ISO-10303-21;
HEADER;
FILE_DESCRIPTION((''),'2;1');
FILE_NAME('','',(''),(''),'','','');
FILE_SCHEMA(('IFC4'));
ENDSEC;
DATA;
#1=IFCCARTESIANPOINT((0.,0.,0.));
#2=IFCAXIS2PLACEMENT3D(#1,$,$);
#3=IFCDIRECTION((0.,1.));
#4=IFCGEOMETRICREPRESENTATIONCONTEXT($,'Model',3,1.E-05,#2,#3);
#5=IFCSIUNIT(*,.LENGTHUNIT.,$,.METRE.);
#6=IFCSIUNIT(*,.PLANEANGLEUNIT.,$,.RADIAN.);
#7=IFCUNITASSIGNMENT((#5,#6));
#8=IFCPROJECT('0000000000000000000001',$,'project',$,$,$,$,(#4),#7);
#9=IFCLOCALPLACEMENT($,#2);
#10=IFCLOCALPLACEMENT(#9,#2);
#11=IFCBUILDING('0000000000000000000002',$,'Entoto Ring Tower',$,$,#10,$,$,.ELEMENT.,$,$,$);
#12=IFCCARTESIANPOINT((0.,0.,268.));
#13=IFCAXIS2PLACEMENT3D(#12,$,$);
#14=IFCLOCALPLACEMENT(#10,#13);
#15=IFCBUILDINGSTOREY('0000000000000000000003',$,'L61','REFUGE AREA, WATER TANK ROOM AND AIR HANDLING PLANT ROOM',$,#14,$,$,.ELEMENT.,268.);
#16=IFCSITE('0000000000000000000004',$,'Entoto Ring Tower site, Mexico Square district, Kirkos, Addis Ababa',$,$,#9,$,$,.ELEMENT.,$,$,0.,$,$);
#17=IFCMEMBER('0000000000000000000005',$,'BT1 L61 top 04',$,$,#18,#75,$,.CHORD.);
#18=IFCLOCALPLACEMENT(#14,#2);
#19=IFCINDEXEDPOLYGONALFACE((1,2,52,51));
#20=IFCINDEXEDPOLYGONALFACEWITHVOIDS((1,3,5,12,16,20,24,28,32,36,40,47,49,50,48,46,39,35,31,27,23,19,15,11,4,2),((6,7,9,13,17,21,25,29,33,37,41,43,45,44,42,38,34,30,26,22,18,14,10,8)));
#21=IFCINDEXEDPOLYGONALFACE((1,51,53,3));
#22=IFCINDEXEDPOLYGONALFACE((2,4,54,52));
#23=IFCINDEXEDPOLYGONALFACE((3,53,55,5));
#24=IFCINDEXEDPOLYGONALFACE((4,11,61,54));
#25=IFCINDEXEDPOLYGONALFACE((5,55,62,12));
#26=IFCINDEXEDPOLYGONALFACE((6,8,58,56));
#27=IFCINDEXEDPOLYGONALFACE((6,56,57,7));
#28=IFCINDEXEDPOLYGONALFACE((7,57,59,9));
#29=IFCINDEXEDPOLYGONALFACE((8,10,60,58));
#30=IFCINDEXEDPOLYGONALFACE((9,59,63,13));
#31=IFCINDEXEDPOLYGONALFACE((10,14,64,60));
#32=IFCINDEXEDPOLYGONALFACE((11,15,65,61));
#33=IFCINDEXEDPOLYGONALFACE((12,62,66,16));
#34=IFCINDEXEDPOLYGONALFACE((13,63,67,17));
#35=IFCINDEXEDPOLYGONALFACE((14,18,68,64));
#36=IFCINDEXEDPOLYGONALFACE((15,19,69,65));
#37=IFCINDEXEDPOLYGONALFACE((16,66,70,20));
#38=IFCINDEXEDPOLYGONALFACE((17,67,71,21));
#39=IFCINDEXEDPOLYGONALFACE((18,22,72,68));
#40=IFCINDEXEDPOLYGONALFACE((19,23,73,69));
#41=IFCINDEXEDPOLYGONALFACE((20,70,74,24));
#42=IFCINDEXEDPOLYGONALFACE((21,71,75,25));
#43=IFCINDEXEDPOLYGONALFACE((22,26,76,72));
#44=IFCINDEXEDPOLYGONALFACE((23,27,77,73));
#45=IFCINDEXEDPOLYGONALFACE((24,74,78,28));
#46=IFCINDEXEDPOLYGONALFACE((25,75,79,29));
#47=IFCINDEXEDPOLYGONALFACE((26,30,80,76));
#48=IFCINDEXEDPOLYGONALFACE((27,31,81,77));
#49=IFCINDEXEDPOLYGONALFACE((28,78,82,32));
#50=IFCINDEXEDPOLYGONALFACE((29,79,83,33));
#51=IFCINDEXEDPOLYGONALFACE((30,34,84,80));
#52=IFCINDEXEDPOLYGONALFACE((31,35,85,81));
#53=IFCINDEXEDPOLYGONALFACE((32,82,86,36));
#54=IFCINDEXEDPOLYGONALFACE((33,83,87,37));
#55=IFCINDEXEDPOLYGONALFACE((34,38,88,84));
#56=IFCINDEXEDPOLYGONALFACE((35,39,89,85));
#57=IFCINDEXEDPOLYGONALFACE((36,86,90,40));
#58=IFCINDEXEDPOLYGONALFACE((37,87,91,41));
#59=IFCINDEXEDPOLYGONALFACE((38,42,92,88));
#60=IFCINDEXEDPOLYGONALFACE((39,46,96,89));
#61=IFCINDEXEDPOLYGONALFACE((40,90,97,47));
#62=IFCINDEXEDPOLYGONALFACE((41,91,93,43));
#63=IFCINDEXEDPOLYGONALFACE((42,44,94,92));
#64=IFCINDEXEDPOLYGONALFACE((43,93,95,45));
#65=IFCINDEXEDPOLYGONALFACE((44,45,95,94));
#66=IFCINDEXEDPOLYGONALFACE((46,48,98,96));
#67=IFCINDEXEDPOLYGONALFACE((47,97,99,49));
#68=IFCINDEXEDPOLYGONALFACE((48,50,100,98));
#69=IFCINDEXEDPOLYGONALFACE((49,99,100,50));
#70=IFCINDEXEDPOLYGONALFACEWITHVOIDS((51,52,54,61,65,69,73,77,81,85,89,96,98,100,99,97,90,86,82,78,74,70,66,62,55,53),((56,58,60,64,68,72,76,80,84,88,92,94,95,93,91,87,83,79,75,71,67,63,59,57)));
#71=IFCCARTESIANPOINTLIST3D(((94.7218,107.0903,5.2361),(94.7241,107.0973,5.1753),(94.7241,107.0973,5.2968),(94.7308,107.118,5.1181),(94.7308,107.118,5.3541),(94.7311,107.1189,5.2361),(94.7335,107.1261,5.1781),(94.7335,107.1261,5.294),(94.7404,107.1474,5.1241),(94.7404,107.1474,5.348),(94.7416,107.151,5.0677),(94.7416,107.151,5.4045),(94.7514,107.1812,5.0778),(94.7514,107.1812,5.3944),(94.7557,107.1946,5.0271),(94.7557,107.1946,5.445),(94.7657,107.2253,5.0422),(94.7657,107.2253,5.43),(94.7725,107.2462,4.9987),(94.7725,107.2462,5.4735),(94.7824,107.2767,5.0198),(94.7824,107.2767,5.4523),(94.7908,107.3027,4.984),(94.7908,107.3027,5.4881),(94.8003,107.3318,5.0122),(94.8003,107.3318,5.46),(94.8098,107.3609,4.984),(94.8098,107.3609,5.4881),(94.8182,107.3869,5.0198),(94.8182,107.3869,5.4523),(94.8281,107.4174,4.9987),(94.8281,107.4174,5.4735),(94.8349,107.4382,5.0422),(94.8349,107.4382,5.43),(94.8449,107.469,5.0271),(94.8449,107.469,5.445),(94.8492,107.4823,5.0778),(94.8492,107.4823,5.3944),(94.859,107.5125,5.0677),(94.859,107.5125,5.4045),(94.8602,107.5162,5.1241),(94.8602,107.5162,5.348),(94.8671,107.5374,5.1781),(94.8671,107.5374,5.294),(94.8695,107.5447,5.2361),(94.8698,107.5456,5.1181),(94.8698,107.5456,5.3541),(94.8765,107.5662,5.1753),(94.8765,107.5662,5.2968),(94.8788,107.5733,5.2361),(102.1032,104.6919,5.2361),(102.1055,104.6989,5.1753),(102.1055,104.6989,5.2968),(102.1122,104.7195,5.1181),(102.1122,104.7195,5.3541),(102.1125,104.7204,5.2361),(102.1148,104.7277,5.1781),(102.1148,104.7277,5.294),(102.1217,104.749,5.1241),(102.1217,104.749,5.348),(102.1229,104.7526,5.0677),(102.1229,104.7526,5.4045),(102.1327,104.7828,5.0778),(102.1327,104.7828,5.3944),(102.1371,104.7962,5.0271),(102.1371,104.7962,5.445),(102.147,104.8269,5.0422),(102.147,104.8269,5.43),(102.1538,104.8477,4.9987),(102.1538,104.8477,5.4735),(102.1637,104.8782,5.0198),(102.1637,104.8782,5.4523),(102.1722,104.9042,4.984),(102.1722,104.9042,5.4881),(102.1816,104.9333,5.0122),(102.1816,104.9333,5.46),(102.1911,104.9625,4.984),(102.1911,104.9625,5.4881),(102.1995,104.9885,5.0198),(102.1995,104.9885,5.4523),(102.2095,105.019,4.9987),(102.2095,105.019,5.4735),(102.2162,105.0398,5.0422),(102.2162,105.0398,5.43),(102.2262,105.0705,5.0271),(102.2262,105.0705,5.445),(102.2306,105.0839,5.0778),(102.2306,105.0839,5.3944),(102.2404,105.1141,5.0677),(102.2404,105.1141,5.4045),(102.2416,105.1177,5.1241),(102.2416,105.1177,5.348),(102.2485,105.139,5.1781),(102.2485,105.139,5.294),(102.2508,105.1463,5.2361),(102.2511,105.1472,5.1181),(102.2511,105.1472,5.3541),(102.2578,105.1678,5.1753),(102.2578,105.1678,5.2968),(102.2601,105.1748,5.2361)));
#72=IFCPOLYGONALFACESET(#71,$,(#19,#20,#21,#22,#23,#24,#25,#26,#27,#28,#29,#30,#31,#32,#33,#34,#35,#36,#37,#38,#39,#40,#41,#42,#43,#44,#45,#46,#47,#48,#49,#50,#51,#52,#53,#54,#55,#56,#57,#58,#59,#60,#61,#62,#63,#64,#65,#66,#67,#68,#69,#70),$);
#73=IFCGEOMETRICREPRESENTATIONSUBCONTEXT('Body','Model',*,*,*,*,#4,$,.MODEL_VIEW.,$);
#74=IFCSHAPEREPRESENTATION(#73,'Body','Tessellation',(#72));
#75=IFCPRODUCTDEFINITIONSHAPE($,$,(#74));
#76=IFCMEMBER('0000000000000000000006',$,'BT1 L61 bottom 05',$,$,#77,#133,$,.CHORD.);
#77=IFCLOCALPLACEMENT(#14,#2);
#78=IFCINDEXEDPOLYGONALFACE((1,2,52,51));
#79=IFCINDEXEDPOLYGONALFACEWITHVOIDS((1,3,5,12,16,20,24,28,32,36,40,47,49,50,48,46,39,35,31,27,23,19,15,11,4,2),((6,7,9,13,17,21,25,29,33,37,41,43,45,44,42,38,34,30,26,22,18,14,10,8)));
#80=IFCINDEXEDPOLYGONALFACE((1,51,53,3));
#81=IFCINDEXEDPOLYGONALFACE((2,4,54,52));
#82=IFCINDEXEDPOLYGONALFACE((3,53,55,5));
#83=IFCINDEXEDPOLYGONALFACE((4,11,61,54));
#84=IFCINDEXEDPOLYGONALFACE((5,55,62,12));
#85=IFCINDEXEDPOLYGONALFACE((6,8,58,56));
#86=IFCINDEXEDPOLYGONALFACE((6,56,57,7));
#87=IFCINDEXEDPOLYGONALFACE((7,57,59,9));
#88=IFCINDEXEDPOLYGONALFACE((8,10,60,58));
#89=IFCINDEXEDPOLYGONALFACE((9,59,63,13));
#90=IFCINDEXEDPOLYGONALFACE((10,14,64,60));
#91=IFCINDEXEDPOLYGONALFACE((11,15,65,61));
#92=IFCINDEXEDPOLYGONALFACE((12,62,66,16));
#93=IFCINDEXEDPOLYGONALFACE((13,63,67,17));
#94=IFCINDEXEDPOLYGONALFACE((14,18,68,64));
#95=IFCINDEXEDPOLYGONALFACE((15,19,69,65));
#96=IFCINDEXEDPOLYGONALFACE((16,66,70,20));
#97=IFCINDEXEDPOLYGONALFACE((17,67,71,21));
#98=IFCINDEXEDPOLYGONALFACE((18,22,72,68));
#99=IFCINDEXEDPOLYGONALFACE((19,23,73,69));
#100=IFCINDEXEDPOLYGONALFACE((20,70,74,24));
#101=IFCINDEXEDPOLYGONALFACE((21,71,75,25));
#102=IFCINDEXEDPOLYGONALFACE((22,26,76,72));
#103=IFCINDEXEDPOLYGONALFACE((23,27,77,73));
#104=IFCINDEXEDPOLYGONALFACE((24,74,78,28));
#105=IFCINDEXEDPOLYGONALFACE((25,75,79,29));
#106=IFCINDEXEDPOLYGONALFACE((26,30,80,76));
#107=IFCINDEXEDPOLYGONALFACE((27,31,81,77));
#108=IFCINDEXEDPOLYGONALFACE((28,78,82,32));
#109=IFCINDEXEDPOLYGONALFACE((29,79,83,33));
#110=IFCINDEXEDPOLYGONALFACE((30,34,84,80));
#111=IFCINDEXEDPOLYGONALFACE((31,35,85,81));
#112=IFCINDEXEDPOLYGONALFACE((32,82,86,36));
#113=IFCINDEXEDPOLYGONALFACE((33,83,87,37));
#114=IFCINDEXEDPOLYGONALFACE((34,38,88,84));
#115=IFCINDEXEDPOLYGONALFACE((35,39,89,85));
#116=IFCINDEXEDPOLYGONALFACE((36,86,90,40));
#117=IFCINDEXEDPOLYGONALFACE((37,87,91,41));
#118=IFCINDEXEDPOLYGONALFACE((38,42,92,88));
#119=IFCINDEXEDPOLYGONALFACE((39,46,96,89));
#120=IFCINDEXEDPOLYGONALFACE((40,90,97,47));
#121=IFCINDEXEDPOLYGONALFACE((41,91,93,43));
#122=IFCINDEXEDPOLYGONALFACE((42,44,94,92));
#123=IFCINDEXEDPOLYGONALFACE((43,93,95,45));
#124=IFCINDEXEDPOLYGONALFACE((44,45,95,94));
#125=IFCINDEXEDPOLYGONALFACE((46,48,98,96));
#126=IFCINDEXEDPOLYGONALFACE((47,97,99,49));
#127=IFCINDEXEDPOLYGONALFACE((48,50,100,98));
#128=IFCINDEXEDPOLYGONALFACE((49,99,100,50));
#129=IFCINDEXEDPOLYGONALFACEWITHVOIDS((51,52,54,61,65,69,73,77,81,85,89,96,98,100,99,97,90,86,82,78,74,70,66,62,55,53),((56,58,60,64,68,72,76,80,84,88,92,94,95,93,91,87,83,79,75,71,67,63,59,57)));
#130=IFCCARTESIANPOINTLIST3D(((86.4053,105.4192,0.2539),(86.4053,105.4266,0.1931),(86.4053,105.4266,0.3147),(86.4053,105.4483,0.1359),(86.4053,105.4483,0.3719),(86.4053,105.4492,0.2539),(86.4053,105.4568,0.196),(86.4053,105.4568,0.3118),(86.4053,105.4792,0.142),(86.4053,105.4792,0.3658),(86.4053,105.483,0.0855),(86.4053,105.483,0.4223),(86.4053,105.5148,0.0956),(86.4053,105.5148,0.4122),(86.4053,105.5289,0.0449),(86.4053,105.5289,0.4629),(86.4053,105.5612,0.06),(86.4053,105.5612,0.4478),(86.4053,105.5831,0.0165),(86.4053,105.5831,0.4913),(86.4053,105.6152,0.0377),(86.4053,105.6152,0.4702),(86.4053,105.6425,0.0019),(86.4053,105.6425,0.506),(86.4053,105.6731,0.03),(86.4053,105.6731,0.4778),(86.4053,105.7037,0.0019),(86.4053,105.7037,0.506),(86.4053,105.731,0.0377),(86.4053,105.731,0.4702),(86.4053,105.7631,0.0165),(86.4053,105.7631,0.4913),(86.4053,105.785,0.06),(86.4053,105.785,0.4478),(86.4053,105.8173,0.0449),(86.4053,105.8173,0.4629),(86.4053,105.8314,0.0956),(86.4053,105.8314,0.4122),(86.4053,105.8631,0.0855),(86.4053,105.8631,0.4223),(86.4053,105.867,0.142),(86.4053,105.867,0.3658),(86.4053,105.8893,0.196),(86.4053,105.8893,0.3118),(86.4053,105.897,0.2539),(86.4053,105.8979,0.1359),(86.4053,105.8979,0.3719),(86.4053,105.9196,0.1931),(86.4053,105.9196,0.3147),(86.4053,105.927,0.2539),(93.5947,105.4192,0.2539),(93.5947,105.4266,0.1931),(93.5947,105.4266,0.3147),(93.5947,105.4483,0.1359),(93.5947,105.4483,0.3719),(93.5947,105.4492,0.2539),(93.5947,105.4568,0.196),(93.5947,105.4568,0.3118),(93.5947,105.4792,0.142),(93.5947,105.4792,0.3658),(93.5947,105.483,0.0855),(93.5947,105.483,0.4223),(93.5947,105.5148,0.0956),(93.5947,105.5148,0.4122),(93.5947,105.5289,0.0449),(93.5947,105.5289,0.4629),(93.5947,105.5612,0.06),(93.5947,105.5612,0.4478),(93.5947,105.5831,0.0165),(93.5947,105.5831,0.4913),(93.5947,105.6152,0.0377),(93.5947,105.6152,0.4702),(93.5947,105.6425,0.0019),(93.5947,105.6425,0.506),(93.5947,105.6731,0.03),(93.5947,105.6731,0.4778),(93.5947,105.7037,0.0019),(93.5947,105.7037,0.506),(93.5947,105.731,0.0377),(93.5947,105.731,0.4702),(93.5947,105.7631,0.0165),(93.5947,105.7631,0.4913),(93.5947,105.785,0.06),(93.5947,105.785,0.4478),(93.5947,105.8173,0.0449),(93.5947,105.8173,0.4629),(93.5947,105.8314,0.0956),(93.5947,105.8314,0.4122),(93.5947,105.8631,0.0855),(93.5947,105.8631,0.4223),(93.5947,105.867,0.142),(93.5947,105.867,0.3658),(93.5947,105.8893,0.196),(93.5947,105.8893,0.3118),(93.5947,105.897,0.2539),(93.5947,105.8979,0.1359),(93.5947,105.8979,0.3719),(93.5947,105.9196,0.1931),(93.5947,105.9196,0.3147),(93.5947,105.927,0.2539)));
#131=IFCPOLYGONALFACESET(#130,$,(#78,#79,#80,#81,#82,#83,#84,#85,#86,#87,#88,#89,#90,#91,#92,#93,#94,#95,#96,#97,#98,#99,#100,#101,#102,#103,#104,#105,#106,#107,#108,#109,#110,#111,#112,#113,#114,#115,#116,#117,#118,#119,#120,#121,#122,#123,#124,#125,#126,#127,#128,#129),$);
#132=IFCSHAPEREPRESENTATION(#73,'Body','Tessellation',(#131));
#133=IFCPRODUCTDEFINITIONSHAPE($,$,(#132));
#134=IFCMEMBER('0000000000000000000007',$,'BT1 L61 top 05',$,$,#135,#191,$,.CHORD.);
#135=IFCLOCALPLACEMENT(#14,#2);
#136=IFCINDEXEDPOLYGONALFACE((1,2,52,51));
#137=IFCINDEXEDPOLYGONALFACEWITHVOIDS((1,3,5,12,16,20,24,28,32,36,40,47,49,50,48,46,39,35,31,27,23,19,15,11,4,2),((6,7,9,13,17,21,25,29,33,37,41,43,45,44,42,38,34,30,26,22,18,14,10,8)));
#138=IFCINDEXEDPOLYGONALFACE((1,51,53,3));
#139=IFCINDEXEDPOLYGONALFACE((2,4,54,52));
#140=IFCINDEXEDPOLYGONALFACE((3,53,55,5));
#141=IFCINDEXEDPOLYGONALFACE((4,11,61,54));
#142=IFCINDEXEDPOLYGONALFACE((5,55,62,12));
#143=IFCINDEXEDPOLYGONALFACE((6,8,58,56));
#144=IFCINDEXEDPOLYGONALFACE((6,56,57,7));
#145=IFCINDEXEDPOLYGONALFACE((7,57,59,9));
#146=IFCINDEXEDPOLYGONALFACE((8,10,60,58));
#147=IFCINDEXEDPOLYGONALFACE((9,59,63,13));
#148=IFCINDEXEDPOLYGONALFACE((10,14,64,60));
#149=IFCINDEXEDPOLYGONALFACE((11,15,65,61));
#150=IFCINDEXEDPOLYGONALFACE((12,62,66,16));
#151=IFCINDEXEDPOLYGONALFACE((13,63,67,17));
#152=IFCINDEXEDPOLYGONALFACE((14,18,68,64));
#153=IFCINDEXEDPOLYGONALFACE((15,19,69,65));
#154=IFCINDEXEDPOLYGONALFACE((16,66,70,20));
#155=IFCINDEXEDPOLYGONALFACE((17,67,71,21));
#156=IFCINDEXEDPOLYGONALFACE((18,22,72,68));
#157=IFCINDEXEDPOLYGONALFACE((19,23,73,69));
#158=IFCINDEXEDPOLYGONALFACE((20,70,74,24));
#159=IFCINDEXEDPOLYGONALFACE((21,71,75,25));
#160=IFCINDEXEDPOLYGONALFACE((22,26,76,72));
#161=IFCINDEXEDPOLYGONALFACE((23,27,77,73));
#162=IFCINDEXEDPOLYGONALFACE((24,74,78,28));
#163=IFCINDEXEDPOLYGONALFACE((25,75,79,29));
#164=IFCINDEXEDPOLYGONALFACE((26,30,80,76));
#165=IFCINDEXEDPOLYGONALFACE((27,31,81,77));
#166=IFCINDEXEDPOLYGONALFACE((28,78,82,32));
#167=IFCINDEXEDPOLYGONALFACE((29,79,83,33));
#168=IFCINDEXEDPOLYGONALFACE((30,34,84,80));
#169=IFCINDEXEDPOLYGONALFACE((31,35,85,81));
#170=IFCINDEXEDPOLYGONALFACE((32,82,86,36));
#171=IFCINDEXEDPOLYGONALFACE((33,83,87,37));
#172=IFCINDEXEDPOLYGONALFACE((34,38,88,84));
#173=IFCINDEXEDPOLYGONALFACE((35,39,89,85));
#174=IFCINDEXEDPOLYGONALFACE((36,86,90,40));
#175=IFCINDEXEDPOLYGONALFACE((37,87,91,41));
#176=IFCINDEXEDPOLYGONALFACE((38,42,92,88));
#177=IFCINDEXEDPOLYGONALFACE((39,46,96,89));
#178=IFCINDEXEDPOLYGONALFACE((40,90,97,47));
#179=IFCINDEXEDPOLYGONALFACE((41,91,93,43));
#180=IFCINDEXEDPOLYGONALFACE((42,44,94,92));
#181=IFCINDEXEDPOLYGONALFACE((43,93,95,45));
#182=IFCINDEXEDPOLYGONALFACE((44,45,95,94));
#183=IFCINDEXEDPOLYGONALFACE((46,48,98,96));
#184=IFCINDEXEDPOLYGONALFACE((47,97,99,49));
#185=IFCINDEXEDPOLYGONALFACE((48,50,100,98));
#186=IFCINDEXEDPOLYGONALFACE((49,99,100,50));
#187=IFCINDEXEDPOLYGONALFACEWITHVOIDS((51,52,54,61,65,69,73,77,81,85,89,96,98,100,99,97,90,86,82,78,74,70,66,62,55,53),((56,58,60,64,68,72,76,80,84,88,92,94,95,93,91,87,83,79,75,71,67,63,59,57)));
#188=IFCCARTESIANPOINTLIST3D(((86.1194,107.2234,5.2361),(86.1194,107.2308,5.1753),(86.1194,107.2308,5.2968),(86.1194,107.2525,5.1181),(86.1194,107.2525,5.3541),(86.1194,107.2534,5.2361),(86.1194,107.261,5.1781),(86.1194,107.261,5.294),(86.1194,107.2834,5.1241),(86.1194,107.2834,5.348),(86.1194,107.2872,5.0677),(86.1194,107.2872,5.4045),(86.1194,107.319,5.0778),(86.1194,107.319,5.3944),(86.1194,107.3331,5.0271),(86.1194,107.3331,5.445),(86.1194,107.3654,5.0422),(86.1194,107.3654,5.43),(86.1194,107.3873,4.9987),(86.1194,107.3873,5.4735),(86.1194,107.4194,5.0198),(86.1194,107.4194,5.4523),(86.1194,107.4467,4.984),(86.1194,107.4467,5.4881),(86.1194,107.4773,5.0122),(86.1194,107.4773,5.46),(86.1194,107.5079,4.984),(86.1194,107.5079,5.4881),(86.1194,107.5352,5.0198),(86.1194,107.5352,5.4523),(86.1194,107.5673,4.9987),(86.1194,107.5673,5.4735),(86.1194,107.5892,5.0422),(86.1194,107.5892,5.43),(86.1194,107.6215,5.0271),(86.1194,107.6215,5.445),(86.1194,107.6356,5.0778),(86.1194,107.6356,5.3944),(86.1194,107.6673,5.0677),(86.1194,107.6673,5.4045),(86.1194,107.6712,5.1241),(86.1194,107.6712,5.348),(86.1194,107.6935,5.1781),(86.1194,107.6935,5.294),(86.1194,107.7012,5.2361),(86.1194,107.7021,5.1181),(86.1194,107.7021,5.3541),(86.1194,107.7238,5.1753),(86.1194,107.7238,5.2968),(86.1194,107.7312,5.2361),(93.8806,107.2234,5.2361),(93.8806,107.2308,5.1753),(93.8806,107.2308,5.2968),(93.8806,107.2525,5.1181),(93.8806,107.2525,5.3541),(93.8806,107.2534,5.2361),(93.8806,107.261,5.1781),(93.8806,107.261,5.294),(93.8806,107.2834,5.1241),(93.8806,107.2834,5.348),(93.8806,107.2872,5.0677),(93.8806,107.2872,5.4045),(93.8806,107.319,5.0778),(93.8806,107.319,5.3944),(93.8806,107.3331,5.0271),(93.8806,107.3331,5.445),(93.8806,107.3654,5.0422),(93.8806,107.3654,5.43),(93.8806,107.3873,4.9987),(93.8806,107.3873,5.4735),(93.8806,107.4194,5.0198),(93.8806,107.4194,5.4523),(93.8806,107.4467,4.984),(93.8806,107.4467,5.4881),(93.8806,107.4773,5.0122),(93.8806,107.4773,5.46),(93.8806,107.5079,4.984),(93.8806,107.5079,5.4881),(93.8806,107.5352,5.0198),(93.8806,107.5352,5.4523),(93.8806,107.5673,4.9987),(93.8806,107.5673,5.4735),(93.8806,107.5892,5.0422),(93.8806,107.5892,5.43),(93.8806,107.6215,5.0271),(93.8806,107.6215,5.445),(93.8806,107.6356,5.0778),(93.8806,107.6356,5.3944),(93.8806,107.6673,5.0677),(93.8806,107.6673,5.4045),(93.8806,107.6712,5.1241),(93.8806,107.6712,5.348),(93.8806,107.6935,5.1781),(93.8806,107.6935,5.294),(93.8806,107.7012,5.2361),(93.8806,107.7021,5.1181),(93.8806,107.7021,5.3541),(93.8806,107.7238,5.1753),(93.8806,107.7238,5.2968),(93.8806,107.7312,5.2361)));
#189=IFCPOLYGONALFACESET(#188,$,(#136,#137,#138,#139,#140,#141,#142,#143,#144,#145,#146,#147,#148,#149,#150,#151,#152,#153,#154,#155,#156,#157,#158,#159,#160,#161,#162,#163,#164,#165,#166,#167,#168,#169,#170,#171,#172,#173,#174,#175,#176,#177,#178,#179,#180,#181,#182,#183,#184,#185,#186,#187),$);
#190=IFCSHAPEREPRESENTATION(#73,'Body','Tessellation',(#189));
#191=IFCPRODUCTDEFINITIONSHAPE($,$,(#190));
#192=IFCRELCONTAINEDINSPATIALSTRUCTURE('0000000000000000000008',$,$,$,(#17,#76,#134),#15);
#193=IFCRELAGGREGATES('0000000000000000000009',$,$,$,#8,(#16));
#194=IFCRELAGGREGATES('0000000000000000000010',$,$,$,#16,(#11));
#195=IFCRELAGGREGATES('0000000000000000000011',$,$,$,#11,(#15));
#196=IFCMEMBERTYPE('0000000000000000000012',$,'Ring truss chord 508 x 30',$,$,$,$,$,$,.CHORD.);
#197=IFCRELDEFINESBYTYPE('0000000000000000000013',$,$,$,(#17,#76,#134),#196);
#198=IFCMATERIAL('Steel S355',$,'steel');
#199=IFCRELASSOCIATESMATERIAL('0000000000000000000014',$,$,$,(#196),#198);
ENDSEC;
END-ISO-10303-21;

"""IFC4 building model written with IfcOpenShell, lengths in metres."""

from ifc_helpers import new_model, si_unit, direction, frame, origin, origin_2d, place, context, subcontext, project, spatial, circle, hollow_circle, extrude, material, material_profile, profile_set, type_object, element, save


model = new_model("IFC4")

# Units and contexts
model_context = context("Model", 3, precision=1e-05, world=origin(), true_north=direction((0.0, 1.0)))
body_context = subcontext(model_context, "Body", "Model", "MODEL_VIEW")
ifc_project = project(units=[si_unit("LENGTHUNIT", "METRE"), si_unit("PLANEANGLEUNIT", "RADIAN")], contexts=[model_context])

# Site, building, storey
site_placement = place(None, origin())
site = spatial("IfcSite", under=ifc_project, at=site_placement, Name="Entoto Ring Tower site, Mexico Square district, Kirkos, Addis Ababa", CompositionType="ELEMENT", RefElevation=0.0)
building_placement = place(site_placement, origin())
building = spatial("IfcBuilding", under=site, at=building_placement, Name="Entoto Ring Tower", CompositionType="ELEMENT")
storey_placement = place(building_placement, frame((0.0, 0.0, 268.0)))
storey = spatial("IfcBuildingStorey", under=building, at=storey_placement, Name="L61", Description="REFUGE AREA, WATER TANK ROOM AND AIR HANDLING PLANT ROOM", CompositionType="ELEMENT", Elevation=268.0)

# Members
ifc_material_1 = material(Name="Steel S355", Category="steel")
ifc_material_profile_1 = material_profile(ifc_material_1, hollow_circle(Radius=0.2539, WallThickness=0.03, at=origin_2d()), Name="CHS 508 x 30")
ifc_material_2 = material(Name="Concrete C60/75", Category="concrete")
ifc_material_profile_2 = material_profile(ifc_material_2, circle(Radius=0.2241, at=origin_2d()), Name="Concrete C60/75 infill")
ifc_profile_set_1 = profile_set([ifc_material_profile_1, ifc_material_profile_2], Name="Steel S355")
member_type_1 = type_object("IfcMemberType", Name="Ring truss chord 508 x 30", PredefinedType="CHORD", material=ifc_profile_set_1)
member_1_placement = place(storey_placement, frame((102.1816, 104.9333, 5.2361), z_axis=(-0.951053, 0.309028, 0.0), x_axis=(-0.309028, -0.951053, 0.0)))
element("IfcMember", 1, at=member_1_placement, inside=storey, type_object=member_type_1, Name="BT1 L61 top 04", PredefinedType="CHORD", context=body_context, shape_type="SweptSolid", body=[
    extrude(hollow_circle(Radius=0.2539, WallThickness=0.03, at=origin_2d()), origin(), (0.0, 0.0, 1.0), 7.7612),
])
member_2_placement = place(storey_placement, frame((93.5947, 105.6731, 0.2539), z_axis=(-1.0, 0.0, 0.0), x_axis=(0.0, -1.0, 0.0)))
element("IfcMember", 2, at=member_2_placement, inside=storey, type_object=member_type_1, Name="BT1 L61 bottom 05", PredefinedType="CHORD", context=body_context, shape_type="SweptSolid", body=[
    extrude(hollow_circle(Radius=0.2539, WallThickness=0.03, at=origin_2d()), origin(), (0.0, 0.0, 1.0), 7.1895),
])
member_3_placement = place(storey_placement, frame((93.8806, 107.4773, 5.2361), z_axis=(-1.0, 0.0, 0.0), x_axis=(0.0, -1.0, 0.0)))
element("IfcMember", 3, at=member_3_placement, inside=storey, type_object=member_type_1, Name="BT1 L61 top 05", PredefinedType="CHORD", context=body_context, shape_type="SweptSolid", body=[
    extrude(hollow_circle(Radius=0.2539, WallThickness=0.03, at=origin_2d()), origin(), (0.0, 0.0, 1.0), 7.7612),
])

save(model, "model.ifc")
